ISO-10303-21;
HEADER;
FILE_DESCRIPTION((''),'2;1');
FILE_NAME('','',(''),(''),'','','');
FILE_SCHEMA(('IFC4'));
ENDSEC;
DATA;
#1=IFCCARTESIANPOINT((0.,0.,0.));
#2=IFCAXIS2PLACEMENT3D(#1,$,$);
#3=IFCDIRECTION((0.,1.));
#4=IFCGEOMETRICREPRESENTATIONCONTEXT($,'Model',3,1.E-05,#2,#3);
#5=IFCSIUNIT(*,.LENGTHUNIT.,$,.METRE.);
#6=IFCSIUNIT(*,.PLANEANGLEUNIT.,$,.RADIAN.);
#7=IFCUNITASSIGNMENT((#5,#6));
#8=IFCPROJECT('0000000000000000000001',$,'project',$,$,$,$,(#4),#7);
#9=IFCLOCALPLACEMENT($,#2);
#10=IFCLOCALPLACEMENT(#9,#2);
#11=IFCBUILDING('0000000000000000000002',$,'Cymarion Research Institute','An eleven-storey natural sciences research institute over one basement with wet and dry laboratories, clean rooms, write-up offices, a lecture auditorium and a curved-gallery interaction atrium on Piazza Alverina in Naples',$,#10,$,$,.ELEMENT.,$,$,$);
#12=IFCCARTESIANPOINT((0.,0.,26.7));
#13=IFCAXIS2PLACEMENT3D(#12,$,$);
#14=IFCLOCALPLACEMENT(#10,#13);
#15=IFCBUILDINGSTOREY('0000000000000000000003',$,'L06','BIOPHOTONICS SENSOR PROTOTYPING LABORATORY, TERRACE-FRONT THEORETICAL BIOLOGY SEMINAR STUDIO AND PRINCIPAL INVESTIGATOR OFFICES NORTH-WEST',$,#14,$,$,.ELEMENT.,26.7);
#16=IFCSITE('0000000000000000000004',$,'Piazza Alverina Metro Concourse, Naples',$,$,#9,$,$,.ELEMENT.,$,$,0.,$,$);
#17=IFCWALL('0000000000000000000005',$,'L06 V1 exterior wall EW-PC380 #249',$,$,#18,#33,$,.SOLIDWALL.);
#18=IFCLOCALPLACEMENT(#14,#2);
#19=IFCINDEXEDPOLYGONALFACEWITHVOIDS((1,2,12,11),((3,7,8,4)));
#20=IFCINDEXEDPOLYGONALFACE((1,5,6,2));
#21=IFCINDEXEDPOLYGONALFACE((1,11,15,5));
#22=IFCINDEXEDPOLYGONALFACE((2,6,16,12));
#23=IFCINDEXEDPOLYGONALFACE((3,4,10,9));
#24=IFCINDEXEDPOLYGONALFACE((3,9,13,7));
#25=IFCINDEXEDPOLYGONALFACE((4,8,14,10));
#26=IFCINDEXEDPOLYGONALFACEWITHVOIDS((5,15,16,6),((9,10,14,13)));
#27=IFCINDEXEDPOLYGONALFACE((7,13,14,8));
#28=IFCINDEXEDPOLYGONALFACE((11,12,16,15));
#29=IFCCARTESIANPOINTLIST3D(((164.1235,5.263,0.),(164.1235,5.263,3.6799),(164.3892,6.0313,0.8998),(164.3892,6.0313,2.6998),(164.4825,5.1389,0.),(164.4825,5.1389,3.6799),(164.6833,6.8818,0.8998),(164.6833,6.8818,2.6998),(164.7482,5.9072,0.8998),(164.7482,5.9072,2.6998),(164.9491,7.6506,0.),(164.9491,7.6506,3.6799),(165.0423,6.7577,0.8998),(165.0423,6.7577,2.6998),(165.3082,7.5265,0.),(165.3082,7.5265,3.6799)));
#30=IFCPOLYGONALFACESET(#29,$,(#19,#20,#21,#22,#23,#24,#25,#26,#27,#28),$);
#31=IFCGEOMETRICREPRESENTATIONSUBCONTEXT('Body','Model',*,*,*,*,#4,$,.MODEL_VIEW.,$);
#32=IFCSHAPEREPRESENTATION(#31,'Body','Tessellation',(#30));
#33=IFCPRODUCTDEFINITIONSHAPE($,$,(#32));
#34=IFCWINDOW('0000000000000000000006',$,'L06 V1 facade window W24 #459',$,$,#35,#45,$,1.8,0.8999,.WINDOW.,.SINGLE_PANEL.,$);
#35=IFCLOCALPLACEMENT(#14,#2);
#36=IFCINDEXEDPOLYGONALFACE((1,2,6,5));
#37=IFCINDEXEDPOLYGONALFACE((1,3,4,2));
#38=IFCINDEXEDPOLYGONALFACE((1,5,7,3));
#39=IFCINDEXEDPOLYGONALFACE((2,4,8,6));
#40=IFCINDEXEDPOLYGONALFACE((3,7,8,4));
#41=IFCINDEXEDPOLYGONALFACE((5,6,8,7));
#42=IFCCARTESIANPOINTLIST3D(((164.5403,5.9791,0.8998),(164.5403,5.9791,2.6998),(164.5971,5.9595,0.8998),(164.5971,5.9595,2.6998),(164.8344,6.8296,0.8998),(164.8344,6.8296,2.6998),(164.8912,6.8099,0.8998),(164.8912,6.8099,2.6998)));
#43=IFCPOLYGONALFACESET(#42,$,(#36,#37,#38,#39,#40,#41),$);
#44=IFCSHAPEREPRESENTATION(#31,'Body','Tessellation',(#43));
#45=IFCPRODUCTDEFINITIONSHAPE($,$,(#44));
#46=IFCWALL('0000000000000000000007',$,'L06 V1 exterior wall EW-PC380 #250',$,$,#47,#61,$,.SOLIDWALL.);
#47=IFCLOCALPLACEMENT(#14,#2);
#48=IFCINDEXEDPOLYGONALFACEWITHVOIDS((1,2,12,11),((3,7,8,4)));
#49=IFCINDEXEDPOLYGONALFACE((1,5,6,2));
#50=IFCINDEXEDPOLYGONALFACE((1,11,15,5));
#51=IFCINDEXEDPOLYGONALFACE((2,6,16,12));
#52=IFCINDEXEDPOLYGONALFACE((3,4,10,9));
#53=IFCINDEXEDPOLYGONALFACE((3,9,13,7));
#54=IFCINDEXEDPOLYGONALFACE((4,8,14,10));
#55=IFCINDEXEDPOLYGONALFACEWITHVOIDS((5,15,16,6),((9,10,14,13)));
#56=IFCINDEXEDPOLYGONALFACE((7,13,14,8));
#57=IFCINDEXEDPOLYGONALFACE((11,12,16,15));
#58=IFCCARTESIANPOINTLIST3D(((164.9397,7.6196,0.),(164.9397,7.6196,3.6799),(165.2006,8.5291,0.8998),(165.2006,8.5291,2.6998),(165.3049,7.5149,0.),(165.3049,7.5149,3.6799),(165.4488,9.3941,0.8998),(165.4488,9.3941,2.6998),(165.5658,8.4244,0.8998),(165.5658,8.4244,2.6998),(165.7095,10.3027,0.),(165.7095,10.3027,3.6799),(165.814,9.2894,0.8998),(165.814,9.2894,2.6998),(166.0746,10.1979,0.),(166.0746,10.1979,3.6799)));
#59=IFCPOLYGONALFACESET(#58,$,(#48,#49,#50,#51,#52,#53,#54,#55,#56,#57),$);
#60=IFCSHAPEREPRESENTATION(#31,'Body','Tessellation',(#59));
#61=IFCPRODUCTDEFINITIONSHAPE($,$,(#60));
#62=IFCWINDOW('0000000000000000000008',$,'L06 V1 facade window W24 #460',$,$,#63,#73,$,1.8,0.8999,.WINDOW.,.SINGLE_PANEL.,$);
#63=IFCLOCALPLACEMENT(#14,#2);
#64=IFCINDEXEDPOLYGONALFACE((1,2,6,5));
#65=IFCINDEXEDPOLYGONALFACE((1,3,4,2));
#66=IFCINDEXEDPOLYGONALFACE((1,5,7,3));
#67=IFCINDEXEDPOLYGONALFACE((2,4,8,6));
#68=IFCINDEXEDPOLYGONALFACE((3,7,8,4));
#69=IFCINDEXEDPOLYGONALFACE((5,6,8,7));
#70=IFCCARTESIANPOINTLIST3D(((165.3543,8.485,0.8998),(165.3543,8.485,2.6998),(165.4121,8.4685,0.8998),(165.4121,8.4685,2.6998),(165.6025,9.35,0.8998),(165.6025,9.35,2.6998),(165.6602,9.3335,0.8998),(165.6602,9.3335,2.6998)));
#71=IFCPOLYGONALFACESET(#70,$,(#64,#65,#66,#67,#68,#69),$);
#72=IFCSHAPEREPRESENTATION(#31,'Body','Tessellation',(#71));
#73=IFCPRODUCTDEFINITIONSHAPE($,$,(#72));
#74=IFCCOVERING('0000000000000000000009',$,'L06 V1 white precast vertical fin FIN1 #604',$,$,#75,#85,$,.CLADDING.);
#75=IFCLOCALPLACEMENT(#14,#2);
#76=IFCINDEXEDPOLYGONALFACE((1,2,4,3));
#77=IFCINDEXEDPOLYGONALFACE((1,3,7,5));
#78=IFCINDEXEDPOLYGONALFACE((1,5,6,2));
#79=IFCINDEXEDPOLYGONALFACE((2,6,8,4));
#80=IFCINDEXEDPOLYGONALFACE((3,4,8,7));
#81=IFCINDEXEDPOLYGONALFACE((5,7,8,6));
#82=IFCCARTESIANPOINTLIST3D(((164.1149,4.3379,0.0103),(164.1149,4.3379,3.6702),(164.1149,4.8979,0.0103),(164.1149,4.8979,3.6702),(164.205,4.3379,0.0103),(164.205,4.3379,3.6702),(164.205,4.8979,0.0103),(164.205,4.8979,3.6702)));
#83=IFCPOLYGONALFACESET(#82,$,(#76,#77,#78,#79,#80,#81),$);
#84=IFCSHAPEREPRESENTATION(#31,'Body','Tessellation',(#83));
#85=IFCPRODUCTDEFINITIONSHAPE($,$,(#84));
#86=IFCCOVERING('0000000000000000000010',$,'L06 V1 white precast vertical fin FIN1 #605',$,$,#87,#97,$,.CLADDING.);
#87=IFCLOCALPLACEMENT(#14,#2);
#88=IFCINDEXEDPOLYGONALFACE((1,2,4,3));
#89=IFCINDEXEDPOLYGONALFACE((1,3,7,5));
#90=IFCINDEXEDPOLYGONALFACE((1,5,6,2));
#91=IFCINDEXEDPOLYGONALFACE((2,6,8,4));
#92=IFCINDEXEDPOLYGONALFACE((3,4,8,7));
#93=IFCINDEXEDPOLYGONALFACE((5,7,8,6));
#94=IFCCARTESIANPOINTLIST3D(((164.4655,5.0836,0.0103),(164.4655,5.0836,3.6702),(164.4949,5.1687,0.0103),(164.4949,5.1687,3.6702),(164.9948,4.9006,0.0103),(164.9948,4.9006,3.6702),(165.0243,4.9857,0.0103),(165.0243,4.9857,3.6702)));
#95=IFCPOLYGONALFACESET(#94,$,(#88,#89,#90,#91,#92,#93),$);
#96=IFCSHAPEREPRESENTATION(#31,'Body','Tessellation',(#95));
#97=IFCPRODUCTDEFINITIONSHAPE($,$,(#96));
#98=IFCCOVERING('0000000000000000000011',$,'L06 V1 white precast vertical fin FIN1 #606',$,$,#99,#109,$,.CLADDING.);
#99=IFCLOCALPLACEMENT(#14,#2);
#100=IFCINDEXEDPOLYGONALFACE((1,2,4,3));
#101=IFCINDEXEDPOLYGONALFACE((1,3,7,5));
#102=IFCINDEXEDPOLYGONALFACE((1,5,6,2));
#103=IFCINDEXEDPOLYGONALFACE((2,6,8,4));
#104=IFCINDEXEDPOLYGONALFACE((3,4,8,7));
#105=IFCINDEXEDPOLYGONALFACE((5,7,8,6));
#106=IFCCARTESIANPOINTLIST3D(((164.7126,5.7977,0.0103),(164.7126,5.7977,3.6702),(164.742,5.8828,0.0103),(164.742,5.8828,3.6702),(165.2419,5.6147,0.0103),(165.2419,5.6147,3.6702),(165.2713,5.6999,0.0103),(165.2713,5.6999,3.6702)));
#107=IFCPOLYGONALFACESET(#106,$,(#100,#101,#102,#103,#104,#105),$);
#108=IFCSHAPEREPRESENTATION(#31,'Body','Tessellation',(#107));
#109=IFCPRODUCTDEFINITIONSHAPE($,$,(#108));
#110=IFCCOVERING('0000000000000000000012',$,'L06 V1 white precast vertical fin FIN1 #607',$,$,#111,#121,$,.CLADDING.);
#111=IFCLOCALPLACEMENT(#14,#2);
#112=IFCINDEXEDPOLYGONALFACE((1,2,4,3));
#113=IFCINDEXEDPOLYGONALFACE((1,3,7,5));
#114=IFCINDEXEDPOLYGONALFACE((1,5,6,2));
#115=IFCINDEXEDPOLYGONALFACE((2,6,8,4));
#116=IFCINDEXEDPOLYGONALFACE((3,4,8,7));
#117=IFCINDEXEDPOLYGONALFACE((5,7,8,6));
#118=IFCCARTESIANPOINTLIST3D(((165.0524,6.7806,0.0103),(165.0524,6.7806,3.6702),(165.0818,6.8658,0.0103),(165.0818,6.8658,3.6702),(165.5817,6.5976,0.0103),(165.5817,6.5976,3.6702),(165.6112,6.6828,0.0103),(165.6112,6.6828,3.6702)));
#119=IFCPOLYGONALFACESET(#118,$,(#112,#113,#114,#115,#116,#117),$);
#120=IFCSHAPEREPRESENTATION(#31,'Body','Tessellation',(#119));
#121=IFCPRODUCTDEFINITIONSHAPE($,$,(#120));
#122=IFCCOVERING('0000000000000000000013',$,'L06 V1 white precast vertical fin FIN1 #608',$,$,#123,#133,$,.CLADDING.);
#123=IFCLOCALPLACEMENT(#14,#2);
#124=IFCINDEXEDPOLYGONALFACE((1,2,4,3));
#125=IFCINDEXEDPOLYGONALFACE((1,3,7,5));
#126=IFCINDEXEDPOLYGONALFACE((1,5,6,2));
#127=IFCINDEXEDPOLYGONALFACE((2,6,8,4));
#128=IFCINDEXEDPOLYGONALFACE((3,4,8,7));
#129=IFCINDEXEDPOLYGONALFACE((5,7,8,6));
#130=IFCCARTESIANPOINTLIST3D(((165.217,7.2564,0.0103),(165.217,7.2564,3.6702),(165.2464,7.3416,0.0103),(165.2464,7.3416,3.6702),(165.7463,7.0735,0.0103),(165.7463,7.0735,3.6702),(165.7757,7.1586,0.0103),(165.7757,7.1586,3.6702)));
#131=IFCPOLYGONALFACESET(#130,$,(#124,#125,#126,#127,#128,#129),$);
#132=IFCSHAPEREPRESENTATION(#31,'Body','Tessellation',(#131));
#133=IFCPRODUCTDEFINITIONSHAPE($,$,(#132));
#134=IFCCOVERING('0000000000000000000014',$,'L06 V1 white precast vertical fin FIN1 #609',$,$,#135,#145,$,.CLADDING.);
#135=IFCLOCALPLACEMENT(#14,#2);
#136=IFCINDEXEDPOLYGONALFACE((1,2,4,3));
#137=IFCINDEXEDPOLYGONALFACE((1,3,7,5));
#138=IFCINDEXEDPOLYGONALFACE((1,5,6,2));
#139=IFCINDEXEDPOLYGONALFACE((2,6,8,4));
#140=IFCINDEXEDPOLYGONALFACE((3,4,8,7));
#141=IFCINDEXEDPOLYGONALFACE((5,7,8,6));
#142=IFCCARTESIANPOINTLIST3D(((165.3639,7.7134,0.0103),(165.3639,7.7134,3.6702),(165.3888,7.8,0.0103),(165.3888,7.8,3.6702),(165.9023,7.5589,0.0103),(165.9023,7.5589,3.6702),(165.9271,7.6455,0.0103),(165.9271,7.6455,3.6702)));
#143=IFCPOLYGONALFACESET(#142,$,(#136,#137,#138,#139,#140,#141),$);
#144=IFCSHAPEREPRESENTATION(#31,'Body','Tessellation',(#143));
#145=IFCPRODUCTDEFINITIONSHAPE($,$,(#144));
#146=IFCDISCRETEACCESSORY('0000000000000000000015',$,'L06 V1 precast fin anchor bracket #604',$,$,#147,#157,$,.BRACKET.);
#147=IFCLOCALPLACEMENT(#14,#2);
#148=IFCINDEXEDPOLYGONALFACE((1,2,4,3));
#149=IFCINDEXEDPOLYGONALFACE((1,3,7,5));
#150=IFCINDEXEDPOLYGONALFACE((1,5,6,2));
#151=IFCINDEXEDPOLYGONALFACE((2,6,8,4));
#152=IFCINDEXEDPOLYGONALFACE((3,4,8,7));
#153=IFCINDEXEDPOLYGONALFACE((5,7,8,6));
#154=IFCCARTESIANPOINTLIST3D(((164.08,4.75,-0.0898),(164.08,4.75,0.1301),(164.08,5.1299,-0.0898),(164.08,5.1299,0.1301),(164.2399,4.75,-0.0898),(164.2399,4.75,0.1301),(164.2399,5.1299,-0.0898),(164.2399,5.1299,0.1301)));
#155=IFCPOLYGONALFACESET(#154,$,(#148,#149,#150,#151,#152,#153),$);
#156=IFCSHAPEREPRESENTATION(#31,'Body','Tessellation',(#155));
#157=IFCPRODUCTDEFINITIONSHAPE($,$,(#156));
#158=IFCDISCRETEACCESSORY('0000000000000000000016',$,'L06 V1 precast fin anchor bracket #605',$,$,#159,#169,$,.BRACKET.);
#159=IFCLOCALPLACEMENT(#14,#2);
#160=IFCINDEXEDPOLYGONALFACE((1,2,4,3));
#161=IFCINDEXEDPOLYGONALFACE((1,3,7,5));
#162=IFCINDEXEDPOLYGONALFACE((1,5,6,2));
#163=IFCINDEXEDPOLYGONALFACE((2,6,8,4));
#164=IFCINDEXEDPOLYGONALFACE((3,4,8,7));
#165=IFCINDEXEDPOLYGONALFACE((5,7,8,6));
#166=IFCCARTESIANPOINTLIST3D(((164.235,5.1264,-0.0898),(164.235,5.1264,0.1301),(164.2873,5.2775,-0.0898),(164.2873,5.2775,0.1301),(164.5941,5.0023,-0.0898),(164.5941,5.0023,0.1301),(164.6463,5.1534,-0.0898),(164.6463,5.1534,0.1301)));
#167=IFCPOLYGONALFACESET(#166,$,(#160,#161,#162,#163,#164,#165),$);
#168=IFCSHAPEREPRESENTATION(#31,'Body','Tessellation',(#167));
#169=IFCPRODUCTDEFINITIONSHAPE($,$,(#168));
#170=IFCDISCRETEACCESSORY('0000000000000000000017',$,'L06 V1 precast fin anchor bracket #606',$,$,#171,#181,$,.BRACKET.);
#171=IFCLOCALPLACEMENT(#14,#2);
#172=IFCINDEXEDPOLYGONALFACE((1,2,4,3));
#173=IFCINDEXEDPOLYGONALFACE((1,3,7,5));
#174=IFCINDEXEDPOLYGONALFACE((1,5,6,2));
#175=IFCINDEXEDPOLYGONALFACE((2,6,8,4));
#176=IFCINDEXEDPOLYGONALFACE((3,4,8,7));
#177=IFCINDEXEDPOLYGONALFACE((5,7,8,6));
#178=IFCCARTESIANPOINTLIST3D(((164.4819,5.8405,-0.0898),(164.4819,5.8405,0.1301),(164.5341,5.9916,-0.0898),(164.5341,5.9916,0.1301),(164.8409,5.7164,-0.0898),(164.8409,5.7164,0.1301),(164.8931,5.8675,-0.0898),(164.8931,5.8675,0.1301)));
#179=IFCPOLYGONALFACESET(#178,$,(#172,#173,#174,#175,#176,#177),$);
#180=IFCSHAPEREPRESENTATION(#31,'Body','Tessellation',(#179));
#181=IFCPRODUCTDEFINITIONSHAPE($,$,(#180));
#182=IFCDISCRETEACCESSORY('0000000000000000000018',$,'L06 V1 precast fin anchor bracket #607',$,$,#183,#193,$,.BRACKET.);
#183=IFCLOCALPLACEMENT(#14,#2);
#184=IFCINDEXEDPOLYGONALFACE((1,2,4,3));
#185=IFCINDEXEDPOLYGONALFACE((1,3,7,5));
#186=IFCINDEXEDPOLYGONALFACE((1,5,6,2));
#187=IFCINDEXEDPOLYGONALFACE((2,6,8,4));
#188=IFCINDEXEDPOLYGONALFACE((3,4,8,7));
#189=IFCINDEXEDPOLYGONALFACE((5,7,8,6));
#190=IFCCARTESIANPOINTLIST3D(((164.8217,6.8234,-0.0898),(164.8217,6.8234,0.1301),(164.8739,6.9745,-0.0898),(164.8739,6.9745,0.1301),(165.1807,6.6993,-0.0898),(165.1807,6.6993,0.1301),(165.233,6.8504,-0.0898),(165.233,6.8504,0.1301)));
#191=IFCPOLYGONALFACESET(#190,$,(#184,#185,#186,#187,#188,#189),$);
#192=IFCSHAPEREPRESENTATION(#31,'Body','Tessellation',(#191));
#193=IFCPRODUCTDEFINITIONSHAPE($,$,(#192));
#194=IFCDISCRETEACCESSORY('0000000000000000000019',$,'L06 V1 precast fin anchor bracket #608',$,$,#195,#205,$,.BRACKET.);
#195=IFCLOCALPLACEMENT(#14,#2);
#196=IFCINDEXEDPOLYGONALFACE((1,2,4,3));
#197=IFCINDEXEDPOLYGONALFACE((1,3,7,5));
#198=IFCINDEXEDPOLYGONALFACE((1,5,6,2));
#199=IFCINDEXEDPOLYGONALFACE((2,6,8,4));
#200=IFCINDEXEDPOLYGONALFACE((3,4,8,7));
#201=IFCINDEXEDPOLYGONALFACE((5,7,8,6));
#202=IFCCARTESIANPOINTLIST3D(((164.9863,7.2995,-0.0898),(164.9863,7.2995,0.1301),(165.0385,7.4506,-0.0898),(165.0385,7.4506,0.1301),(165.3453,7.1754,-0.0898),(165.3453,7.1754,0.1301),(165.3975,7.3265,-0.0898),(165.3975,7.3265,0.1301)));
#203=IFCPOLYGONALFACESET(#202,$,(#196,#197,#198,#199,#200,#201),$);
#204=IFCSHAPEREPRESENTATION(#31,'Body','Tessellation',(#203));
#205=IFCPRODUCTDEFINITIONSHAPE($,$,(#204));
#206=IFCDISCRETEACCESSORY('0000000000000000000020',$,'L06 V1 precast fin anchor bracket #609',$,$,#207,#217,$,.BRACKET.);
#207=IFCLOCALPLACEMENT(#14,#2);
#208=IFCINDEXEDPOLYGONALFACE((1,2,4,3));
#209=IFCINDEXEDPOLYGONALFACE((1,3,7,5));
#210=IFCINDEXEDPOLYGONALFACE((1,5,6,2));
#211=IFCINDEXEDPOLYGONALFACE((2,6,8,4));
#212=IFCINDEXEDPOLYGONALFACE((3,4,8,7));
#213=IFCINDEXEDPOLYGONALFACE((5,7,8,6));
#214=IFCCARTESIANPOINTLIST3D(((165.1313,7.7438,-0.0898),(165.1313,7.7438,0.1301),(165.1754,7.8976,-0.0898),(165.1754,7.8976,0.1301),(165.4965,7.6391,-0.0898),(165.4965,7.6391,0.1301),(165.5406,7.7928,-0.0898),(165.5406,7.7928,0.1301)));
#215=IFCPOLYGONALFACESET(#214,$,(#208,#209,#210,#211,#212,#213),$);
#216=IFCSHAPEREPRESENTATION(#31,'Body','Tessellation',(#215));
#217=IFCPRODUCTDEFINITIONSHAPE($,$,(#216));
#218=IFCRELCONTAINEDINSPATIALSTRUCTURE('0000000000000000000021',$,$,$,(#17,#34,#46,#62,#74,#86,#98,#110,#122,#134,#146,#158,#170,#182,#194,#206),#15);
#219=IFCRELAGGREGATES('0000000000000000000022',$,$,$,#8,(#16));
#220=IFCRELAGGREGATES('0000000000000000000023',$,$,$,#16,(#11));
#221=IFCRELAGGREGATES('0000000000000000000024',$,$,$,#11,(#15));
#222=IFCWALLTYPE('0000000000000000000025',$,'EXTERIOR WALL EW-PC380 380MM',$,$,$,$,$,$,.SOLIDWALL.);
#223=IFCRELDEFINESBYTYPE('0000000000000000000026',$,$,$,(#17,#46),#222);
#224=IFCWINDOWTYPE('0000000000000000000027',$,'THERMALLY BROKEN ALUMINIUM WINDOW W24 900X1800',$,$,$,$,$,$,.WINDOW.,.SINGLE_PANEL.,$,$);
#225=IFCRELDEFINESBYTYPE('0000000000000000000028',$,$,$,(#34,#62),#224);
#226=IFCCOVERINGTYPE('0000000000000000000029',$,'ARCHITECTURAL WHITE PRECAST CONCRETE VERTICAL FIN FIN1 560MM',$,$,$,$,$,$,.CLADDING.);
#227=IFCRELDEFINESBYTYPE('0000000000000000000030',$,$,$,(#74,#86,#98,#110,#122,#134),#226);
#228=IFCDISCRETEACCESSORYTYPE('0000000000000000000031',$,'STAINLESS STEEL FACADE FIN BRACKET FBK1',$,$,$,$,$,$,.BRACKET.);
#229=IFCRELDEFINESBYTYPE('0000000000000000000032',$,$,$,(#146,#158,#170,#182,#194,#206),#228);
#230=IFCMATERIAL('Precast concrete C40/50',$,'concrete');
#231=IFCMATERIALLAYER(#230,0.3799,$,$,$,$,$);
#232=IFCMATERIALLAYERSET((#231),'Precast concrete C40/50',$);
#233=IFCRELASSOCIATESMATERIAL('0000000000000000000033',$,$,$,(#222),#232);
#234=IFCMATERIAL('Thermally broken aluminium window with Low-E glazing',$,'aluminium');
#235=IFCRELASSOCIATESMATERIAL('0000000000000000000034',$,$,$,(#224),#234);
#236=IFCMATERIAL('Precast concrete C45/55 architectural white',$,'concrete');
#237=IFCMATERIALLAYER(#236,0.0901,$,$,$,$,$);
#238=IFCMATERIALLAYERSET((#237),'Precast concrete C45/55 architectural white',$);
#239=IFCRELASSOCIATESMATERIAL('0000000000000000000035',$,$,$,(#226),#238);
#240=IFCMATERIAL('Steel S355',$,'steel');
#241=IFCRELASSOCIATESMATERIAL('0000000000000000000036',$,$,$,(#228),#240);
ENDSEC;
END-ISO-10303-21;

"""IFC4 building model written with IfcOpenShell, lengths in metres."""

from ifc_helpers import new_model, si_unit, direction, frame, frame_2d, origin, origin_2d, place, context, subcontext, project, spatial, rectangle, extrude, material, layer, layer_set, type_object, element, fill, save


model = new_model("IFC4")

# Units and contexts
model_context = context("Model", 3, precision=1e-05, world=origin(), true_north=direction((0.0, 1.0)))
body_context = subcontext(model_context, "Body", "Model", "MODEL_VIEW")
ifc_project = project(units=[si_unit("LENGTHUNIT", "METRE"), si_unit("PLANEANGLEUNIT", "RADIAN")], contexts=[model_context])

# Site, building, storey
site_placement = place(None, origin())
site = spatial("IfcSite", under=ifc_project, at=site_placement, Name="Piazza Alverina Metro Concourse, Naples", CompositionType="ELEMENT", RefElevation=0.0)
building_placement = place(site_placement, origin())
building = spatial("IfcBuilding", under=site, at=building_placement, Name="Cymarion Research Institute", Description="An eleven-storey natural sciences research institute over one basement with wet and dry laboratories, clean rooms, write-up offices, a lecture auditorium and a curved-gallery interaction atrium on Piazza Alverina in Naples", CompositionType="ELEMENT")
storey_placement = place(building_placement, frame((0.0, 0.0, 26.7)))
storey = spatial("IfcBuildingStorey", under=building, at=storey_placement, Name="L06", Description="BIOPHOTONICS SENSOR PROTOTYPING LABORATORY, TERRACE-FRONT THEORETICAL BIOLOGY SEMINAR STUDIO AND PRINCIPAL INVESTIGATOR OFFICES NORTH-WEST", CompositionType="ELEMENT", Elevation=26.7)

# Shared definitions
ifc_material_1 = material(Name="Steel S355", Category="steel")

# Walls, openings, windows
ifc_material_2 = material(Name="Precast concrete C40/50", Category="concrete")
ifc_layer_1 = layer(ifc_material_2, 0.3799)
ifc_layer_set_1 = layer_set([ifc_layer_1], Name="Precast concrete C40/50")
wall_type = type_object("IfcWallType", Name="EXTERIOR WALL EW-PC380 380MM", PredefinedType="SOLIDWALL", material=ifc_layer_set_1)
wall_1_placement = place(storey_placement, frame((164.303, 5.2009, 0.0), z_axis=(0.0, 0.0, 1.0), x_axis=(0.326818, 0.945087, 0.0)))
wall_1 = element("IfcWall", 1, at=wall_1_placement, inside=storey, type_object=wall_type, Name="L06 V1 exterior wall EW-PC380 #249", PredefinedType="SOLIDWALL", context=body_context, shape_type="SweptSolid", body=[
    extrude(rectangle(XDim=2.5264, YDim=0.3799, at=frame_2d((1.2632, 0.0))), origin(), (0.0, 0.0, 1.0), 3.6799),
])
opening_1_placement = place(wall_1_placement, frame((0.813, 0.0, 0.8999)))
opening_1 = element("IfcOpeningElement", 2, at=opening_1_placement, cuts=wall_1, PredefinedType="OPENING", context=body_context, shape_type="SweptSolid", body=[
    extrude(rectangle(XDim=0.8999, YDim=1.8, at=frame_2d((0.45, 0.8999))), frame((0.0, 0.2, 0.0), z_axis=(0.0, -1.0, 0.0), x_axis=(1.0, 0.0, 0.0)), (0.0, 0.0, 1.0), 0.3999),
])
ifc_material_3 = material(Name="Thermally broken aluminium window with Low-E glazing", Category="aluminium")
window_type = type_object("IfcWindowType", Name="THERMALLY BROKEN ALUMINIUM WINDOW W24 900X1800", PartitioningType="SINGLE_PANEL", PredefinedType="WINDOW", material=ifc_material_3)
window_1_placement = place(opening_1_placement, origin())
window_1 = element("IfcWindow", 3, at=window_1_placement, inside=storey, type_object=window_type, Name="L06 V1 facade window W24 #459", OverallHeight=1.8, OverallWidth=0.8999, PartitioningType="SINGLE_PANEL", PredefinedType="WINDOW", context=body_context, shape_type="SweptSolid", body=[
    extrude(rectangle(XDim=0.8999, YDim=1.8, at=frame_2d((0.45, 0.8999))), frame((0.0, 0.03, 0.0), z_axis=(0.0, -1.0, 0.0), x_axis=(1.0, 0.0, 0.0)), (0.0, 0.0, 1.0), 0.0601),
])
fill(opening_1, window_1)
wall_2_placement = place(storey_placement, frame((165.1223, 7.5674, 0.0), z_axis=(0.0, 0.0, 1.0), x_axis=(0.275772, 0.961223, 0.0)))
wall_2 = element("IfcWall", 4, at=wall_2_placement, inside=storey, type_object=wall_type, Name="L06 V1 exterior wall EW-PC380 #250", PredefinedType="SOLIDWALL", context=body_context, shape_type="SweptSolid", body=[
    extrude(rectangle(XDim=2.7913, YDim=0.3799, at=frame_2d((1.3955, 0.0))), origin(), (0.0, 0.0, 1.0), 3.6799),
])
opening_2_placement = place(wall_2_placement, frame((0.946, 0.0, 0.8999)))
opening_2 = element("IfcOpeningElement", 5, at=opening_2_placement, cuts=wall_2, PredefinedType="OPENING", context=body_context, shape_type="SweptSolid", body=[
    extrude(rectangle(XDim=0.8999, YDim=1.8, at=frame_2d((0.45, 0.8999))), frame((0.0, 0.2, 0.0), z_axis=(0.0, -1.0, 0.0), x_axis=(1.0, 0.0, 0.0)), (0.0, 0.0, 1.0), 0.3999),
])
window_2_placement = place(opening_2_placement, origin())
window_2 = element("IfcWindow", 6, at=window_2_placement, inside=storey, type_object=window_type, Name="L06 V1 facade window W24 #460", OverallHeight=1.8, OverallWidth=0.8999, PartitioningType="SINGLE_PANEL", PredefinedType="WINDOW", context=body_context, shape_type="SweptSolid", body=[
    extrude(rectangle(XDim=0.8999, YDim=1.8, at=frame_2d((0.45, 0.8999))), frame((0.0, 0.03, 0.0), z_axis=(0.0, -1.0, 0.0), x_axis=(1.0, 0.0, 0.0)), (0.0, 0.0, 1.0), 0.0601),
])
fill(opening_2, window_2)

# Coverings
ifc_material_4 = material(Name="Precast concrete C45/55 architectural white", Category="concrete")
ifc_layer_2 = layer(ifc_material_4, 0.0901)
ifc_layer_set_2 = layer_set([ifc_layer_2], Name="Precast concrete C45/55 architectural white")
covering_type = type_object("IfcCoveringType", Name="ARCHITECTURAL WHITE PRECAST CONCRETE VERTICAL FIN FIN1 560MM", PredefinedType="CLADDING", material=ifc_layer_set_2)
for number, where, z_axis, x_axis, name in (
    (7, (164.1599, 4.6179, 0.0103), (0.0, 0.0, 1.0), (0.0, -1.0, 0.0), "L06 V1 white precast vertical fin FIN1 #604"),
    (8, (164.7449, 5.0347, 0.0103), (0.0, 0.0, 1.0), (0.94512, -0.326723, 0.0), "L06 V1 white precast vertical fin FIN1 #605"),
    (9, (164.9919, 5.7488, 0.0103), (0.0, 0.0, 1.0), (0.94512, -0.326723, 0.0), "L06 V1 white precast vertical fin FIN1 #606"),
    (10, (165.3318, 6.7317, 0.0103), (0.0, 0.0, 1.0), (0.94512, -0.326723, 0.0), "L06 V1 white precast vertical fin FIN1 #607"),
    (11, (165.4963, 7.2075, 0.0103), (0.0, 0.0, 1.0), (0.94512, -0.326723, 0.0), "L06 V1 white precast vertical fin FIN1 #608"),
    (12, (165.6455, 7.6794, 0.0103), (0.0, 0.0, 1.0), (0.961214, -0.275805, 0.0), "L06 V1 white precast vertical fin FIN1 #609"),
):
    element("IfcCovering", number, at=place(storey_placement, frame(where, z_axis=z_axis, x_axis=x_axis)), inside=storey, type_object=covering_type, Name=name, PredefinedType="CLADDING", context=body_context, shape_type="SweptSolid", body=[
        extrude(rectangle(XDim=0.5601, YDim=0.0901, at=origin_2d()), origin(), (0.0, 0.0, 1.0), 3.6599),
    ])

# Discrete accessories
discrete_accessory_type = type_object("IfcDiscreteAccessoryType", Name="STAINLESS STEEL FACADE FIN BRACKET FBK1", PredefinedType="BRACKET", material=ifc_material_1)
for number, where, z_axis, x_axis, name in (
    (13, (164.1599, 4.9399, -0.0898), (0.0, 0.0, 1.0), (0.0, -1.0, 0.0), "L06 V1 precast fin anchor bracket #604"),
    (14, (164.4407, 5.1399, -0.0898), (0.0, 0.0, 1.0), (0.94512, -0.326723, 0.0), "L06 V1 precast fin anchor bracket #605"),
    (15, (164.6875, 5.854, -0.0898), (0.0, 0.0, 1.0), (0.94512, -0.326723, 0.0), "L06 V1 precast fin anchor bracket #606"),
    (16, (165.0273, 6.8369, -0.0898), (0.0, 0.0, 1.0), (0.94512, -0.326723, 0.0), "L06 V1 precast fin anchor bracket #607"),
    (17, (165.1919, 7.313, -0.0898), (0.0, 0.0, 1.0), (0.94512, -0.326723, 0.0), "L06 V1 precast fin anchor bracket #608"),
    (18, (165.3359, 7.7683, -0.0898), (0.0, 0.0, 1.0), (0.961214, -0.275805, 0.0), "L06 V1 precast fin anchor bracket #609"),
):
    element("IfcDiscreteAccessory", number, at=place(storey_placement, frame(where, z_axis=z_axis, x_axis=x_axis)), inside=storey, type_object=discrete_accessory_type, Name=name, PredefinedType="BRACKET", context=body_context, shape_type="SweptSolid", body=[
        extrude(rectangle(XDim=0.3799, YDim=0.1599, at=origin_2d()), origin(), (0.0, 0.0, 1.0), 0.22),
    ])

save(model, "model.ifc")
